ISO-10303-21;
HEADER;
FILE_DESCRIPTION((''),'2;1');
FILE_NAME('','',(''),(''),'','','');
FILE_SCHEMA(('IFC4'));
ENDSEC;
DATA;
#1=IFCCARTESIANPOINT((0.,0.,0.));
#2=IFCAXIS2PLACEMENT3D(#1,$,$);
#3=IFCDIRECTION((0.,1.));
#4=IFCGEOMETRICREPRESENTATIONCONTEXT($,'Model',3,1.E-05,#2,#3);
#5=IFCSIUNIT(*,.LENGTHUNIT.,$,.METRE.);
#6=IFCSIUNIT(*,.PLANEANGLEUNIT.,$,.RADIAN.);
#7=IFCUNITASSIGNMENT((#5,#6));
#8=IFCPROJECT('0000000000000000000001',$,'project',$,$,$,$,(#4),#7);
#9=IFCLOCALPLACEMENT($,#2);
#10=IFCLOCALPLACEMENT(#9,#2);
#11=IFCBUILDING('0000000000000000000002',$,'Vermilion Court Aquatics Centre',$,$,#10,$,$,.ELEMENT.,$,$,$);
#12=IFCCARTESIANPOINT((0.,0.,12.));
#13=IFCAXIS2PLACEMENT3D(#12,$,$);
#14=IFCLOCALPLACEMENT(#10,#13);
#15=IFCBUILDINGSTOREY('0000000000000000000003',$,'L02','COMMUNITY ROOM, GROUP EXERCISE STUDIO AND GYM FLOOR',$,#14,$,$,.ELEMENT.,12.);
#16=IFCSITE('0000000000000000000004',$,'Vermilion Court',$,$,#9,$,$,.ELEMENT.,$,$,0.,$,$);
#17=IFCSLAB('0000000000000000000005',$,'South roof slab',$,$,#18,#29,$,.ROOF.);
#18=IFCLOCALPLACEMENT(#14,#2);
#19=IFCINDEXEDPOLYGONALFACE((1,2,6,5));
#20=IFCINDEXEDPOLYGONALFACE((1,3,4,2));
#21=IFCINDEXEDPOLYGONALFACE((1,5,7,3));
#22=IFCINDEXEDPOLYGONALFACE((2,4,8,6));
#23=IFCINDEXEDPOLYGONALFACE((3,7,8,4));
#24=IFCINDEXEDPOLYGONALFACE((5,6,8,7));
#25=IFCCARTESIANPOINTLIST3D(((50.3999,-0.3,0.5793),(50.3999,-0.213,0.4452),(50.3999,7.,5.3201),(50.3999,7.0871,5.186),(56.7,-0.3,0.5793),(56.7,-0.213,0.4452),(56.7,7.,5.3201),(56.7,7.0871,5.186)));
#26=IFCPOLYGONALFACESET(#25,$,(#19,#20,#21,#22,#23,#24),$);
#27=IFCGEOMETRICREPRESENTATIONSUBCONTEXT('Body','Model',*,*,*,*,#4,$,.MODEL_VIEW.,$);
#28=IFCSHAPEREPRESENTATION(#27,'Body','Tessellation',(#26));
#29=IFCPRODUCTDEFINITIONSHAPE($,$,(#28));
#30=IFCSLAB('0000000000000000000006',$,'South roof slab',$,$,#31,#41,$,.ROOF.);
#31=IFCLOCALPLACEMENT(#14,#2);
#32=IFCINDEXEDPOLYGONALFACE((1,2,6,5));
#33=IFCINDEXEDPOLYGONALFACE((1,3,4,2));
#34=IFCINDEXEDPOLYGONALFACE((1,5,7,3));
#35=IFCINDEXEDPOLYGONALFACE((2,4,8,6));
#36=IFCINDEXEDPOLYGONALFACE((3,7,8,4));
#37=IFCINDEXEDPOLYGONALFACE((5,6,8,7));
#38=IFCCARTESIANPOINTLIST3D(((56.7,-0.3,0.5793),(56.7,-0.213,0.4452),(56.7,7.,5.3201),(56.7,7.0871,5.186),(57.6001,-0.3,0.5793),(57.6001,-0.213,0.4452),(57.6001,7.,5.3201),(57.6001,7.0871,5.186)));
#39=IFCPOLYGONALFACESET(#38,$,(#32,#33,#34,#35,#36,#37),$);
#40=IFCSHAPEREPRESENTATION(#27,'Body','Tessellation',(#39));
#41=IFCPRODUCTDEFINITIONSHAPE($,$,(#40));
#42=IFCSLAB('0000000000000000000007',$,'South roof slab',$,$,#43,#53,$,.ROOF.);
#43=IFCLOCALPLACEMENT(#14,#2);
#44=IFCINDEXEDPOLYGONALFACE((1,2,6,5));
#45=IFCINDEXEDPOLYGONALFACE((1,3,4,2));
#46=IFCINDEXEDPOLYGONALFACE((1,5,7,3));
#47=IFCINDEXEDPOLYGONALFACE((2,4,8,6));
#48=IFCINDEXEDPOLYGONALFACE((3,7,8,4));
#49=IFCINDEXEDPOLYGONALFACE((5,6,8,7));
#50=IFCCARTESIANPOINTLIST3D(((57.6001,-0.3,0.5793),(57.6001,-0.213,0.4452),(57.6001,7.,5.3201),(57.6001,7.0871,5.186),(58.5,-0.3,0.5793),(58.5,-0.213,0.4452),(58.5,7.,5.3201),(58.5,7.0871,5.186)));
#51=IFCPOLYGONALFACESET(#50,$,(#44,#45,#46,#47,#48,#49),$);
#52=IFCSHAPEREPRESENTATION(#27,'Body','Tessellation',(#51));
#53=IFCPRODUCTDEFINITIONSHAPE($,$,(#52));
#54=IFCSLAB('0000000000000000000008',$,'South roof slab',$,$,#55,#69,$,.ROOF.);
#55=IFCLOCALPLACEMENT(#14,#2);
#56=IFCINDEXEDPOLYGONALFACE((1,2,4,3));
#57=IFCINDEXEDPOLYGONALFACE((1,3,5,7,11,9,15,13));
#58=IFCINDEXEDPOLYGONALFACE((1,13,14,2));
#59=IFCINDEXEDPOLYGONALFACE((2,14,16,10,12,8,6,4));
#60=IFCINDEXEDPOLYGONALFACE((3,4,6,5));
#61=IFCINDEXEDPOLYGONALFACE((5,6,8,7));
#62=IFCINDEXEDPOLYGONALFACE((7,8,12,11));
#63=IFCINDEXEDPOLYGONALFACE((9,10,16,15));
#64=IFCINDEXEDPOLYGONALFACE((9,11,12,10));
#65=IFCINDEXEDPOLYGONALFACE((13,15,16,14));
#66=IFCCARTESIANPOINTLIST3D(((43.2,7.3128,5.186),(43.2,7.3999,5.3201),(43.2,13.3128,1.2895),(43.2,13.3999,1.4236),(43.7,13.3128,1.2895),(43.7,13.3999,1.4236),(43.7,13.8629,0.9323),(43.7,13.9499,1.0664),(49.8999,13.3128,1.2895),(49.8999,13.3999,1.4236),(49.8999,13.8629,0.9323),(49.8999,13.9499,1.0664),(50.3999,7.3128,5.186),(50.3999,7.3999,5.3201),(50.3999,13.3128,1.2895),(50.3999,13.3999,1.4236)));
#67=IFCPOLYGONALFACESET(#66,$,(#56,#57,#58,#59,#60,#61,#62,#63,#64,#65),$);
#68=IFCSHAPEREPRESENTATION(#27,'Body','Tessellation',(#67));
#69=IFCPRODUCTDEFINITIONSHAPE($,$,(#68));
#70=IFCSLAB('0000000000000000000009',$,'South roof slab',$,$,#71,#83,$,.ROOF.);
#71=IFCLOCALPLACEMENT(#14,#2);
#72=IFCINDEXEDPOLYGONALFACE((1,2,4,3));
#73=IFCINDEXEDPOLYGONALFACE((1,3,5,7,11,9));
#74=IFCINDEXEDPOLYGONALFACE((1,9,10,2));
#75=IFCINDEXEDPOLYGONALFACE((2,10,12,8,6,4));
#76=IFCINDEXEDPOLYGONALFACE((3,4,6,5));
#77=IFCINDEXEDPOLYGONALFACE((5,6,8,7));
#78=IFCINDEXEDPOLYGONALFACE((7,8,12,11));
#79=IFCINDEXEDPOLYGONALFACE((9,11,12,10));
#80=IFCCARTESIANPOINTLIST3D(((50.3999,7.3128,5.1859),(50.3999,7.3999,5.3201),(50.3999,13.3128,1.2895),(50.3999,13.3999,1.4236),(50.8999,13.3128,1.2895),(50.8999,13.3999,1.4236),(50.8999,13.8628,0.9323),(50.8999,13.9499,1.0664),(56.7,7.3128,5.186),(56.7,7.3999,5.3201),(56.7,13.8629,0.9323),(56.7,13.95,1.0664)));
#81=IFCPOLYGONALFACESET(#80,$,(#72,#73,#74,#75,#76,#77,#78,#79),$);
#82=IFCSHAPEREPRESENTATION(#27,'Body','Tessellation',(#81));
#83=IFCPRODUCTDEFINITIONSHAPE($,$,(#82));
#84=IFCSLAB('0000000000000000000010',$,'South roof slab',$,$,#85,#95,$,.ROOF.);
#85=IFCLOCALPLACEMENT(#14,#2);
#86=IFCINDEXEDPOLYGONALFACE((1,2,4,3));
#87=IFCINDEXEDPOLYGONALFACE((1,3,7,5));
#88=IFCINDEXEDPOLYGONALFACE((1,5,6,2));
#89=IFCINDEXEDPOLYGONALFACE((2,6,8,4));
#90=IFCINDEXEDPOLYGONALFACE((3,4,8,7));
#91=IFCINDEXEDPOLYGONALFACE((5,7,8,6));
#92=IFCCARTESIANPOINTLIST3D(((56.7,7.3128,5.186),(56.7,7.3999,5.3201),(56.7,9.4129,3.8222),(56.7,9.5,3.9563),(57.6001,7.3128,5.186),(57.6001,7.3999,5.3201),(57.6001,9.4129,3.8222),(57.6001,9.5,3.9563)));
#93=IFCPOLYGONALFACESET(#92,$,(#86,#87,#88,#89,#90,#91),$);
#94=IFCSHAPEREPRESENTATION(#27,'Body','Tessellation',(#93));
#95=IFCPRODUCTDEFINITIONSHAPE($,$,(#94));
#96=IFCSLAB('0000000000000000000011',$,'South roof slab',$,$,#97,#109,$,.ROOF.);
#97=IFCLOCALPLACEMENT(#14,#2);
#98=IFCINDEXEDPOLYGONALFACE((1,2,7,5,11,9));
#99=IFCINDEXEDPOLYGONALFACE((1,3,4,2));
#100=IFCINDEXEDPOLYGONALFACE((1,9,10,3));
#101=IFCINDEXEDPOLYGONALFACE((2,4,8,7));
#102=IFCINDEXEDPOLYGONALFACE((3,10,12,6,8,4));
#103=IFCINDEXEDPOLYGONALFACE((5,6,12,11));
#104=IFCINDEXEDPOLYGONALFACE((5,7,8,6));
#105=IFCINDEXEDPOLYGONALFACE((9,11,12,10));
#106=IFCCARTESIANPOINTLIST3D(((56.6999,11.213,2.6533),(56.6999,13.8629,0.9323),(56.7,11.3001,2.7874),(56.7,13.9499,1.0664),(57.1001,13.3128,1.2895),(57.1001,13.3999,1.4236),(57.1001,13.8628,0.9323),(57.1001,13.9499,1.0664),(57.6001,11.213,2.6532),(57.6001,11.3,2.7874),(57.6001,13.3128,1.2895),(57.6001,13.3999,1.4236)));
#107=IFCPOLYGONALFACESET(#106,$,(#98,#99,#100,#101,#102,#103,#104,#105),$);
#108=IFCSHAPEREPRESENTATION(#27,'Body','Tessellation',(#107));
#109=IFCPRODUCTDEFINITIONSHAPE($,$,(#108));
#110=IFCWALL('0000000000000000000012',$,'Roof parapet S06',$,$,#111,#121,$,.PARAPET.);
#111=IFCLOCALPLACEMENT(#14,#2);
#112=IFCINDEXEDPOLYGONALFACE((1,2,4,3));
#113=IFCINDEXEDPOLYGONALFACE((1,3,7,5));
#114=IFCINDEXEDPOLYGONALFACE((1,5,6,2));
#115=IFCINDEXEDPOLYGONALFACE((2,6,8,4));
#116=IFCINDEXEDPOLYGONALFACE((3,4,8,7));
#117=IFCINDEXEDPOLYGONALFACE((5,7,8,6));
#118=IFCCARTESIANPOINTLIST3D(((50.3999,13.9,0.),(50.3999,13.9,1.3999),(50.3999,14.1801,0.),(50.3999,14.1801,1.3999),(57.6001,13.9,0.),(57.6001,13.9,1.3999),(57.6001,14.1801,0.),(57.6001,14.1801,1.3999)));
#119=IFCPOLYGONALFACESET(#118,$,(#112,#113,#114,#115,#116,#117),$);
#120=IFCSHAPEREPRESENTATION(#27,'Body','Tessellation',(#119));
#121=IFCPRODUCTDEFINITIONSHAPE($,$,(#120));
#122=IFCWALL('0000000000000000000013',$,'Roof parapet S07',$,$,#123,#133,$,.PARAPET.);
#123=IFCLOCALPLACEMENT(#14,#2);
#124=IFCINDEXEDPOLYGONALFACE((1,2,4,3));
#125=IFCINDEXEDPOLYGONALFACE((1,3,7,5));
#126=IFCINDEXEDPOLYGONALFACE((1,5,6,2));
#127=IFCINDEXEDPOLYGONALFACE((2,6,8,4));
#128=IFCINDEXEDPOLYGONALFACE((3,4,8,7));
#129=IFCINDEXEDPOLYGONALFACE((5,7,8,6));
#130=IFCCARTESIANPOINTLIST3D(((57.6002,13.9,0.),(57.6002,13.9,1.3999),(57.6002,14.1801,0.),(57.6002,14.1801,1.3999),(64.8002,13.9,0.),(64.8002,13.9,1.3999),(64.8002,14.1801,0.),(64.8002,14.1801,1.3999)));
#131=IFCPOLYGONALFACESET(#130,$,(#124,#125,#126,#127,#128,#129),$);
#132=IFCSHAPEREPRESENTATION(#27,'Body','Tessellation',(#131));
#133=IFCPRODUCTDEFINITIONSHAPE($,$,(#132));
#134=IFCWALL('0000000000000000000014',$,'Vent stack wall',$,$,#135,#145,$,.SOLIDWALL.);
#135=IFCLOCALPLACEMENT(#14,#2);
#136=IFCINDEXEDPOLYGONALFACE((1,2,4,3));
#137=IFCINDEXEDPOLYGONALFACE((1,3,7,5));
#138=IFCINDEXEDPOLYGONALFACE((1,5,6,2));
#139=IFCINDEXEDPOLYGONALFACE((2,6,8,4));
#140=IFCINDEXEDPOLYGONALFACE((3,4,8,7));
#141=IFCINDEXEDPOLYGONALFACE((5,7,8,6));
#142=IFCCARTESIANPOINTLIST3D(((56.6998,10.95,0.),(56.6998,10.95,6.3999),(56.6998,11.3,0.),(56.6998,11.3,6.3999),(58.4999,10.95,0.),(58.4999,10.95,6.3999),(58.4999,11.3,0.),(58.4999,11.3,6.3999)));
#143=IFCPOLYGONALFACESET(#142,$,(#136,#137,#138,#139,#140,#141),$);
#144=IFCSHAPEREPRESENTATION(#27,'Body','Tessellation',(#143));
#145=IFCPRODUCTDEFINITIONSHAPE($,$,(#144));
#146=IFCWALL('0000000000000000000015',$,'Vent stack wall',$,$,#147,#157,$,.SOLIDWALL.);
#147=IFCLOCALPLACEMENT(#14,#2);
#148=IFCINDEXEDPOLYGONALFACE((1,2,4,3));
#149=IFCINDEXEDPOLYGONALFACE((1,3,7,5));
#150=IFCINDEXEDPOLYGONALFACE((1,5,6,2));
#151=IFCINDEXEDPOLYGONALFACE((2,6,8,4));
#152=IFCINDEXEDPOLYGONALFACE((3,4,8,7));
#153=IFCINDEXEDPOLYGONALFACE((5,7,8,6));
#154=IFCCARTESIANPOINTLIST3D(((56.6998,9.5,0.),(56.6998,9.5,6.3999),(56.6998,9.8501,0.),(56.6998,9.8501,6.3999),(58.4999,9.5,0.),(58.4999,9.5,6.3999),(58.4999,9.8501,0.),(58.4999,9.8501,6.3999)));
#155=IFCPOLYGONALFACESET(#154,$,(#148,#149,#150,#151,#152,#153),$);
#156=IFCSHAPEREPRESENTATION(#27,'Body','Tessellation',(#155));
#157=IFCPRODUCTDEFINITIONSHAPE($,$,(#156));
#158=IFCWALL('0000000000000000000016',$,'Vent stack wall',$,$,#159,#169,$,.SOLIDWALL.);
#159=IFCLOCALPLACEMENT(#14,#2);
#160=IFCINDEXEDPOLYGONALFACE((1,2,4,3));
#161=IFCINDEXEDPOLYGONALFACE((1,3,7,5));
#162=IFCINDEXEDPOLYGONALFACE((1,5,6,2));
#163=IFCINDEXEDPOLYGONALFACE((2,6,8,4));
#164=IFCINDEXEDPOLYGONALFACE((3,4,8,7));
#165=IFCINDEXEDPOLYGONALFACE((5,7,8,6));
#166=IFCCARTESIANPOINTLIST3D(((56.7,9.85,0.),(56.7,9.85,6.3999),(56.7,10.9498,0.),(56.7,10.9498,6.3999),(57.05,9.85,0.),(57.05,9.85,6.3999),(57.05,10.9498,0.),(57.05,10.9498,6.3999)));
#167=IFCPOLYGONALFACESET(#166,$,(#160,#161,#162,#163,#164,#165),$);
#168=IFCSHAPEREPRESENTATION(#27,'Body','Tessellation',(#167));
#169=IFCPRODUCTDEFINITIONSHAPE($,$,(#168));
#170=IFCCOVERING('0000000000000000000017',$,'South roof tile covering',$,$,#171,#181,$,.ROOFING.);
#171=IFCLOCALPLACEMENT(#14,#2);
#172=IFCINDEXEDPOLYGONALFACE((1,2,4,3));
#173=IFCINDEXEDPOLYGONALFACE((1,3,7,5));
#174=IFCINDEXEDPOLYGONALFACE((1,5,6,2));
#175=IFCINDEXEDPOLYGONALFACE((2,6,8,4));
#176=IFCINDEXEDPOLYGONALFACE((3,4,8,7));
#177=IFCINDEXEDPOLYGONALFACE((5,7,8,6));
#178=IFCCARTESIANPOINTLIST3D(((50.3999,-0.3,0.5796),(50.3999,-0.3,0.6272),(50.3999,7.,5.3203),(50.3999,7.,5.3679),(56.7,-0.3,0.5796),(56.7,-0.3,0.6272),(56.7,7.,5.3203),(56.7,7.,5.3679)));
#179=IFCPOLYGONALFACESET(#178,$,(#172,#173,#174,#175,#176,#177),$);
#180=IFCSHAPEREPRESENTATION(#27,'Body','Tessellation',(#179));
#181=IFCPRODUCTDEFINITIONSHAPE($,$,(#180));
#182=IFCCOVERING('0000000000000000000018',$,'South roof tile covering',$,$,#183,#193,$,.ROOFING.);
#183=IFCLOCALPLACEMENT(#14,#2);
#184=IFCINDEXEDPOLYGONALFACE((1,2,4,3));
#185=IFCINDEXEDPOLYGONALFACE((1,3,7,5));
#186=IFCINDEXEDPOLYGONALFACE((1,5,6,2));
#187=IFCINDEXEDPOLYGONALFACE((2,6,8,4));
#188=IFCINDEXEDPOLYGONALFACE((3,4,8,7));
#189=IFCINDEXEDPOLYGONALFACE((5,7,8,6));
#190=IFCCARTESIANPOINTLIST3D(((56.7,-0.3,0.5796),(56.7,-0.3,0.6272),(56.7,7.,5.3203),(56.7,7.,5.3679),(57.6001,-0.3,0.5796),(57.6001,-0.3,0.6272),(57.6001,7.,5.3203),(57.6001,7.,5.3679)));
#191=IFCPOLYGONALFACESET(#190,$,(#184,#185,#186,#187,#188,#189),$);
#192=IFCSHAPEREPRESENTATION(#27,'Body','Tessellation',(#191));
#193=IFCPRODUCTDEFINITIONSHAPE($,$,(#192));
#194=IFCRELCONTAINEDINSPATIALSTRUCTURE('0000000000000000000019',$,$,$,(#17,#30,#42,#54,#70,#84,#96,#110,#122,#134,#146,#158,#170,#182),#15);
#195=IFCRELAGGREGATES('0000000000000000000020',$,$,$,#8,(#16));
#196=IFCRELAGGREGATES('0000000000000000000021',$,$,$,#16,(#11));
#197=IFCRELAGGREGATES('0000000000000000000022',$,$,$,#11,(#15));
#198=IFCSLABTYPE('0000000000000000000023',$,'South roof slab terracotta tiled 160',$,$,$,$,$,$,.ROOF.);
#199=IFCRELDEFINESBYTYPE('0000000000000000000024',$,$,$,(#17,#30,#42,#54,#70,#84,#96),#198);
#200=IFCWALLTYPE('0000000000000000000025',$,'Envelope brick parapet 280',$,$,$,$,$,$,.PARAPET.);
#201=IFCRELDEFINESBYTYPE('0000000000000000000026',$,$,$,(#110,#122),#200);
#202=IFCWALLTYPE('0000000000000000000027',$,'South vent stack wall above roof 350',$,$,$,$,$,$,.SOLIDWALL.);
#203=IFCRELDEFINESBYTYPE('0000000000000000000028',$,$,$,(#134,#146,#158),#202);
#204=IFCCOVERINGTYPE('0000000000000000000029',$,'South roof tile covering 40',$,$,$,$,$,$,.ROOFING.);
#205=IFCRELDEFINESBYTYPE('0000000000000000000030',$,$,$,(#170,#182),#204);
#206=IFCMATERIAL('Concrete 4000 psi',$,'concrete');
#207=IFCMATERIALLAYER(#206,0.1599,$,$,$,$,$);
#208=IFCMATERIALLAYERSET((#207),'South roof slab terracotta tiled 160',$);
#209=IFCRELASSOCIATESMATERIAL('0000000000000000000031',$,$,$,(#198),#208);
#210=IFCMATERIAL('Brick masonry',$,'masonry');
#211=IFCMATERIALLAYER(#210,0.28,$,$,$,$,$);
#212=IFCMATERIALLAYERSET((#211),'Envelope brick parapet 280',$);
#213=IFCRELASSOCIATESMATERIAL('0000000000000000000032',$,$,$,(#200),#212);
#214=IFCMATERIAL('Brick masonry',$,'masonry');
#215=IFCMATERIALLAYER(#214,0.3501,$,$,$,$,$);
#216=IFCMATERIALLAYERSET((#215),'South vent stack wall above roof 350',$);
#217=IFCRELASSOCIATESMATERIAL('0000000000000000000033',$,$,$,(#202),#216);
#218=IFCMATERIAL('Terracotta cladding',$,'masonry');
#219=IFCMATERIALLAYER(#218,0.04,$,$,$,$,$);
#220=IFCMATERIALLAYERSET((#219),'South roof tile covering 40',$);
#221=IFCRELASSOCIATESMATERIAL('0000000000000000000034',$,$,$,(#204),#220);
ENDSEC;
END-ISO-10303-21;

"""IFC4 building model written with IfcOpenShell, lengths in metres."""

from ifc_helpers import new_model, si_unit, direction, frame, frame_2d, origin, place, context, subcontext, project, spatial, polyline, rectangle, outline, extrude, material, layer, layer_set, type_object, element, save


model = new_model("IFC4")

# Units and contexts
model_context = context("Model", 3, precision=1e-05, world=origin(), true_north=direction((0.0, 1.0)))
body_context = subcontext(model_context, "Body", "Model", "MODEL_VIEW")
ifc_project = project(units=[si_unit("LENGTHUNIT", "METRE"), si_unit("PLANEANGLEUNIT", "RADIAN")], contexts=[model_context])

# Site, building, storey
site_placement = place(None, origin())
site = spatial("IfcSite", under=ifc_project, at=site_placement, Name="Vermilion Court", CompositionType="ELEMENT", RefElevation=0.0)
building_placement = place(site_placement, origin())
building = spatial("IfcBuilding", under=site, at=building_placement, Name="Vermilion Court Aquatics Centre", CompositionType="ELEMENT")
storey_placement = place(building_placement, frame((0.0, 0.0, 12.0)))
storey = spatial("IfcBuildingStorey", under=building, at=storey_placement, Name="L02", Description="COMMUNITY ROOM, GROUP EXERCISE STUDIO AND GYM FLOOR", CompositionType="ELEMENT", Elevation=12.0)

# Slabs
ifc_material_1 = material(Name="Concrete 4000 psi", Category="concrete")
ifc_layer_1 = layer(ifc_material_1, 0.1599)
ifc_layer_set_1 = layer_set([ifc_layer_1], Name="South roof slab terracotta tiled 160")
slab_type_1 = type_object("IfcSlabType", Name="South roof slab terracotta tiled 160", PredefinedType="ROOF", material=ifc_layer_set_1)
slab_1_placement = place(storey_placement, frame((50.3999, -0.3, 0.5793), z_axis=(0.0, -0.54464, 0.83867), x_axis=(0.0, 0.83867, 0.54464)))
element("IfcSlab", 1, at=slab_1_placement, inside=storey, type_object=slab_type_1, Name="South roof slab", PredefinedType="ROOF", context=body_context, shape_type="SweptSolid", body=[
    extrude(outline(polyline([(0.0, 0.0), (8.7043, 0.0), (8.7043, -6.3), (0.0, -6.3), (0.0, 0.0)])), origin(), (0.0, 0.0, -1.0), 0.1599),
])
slab_2_placement = place(storey_placement, frame((56.7, -0.3, 0.5793), z_axis=(0.0, -0.54464, 0.83867), x_axis=(0.0, 0.83867, 0.54464)))
element("IfcSlab", 2, at=slab_2_placement, inside=storey, type_object=slab_type_1, Name="South roof slab", PredefinedType="ROOF", context=body_context, shape_type="SweptSolid", body=[
    extrude(outline(polyline([(0.0, 0.0), (8.7043, 0.0), (8.7043, -0.9001), (0.0, -0.9001), (0.0, 0.0)])), origin(), (0.0, 0.0, -1.0), 0.1599),
])
slab_3_placement = place(storey_placement, frame((57.6001, -0.3, 0.5793), z_axis=(0.0, -0.54464, 0.83867), x_axis=(0.0, 0.83867, 0.54464)))
element("IfcSlab", 3, at=slab_3_placement, inside=storey, type_object=slab_type_1, Name="South roof slab", PredefinedType="ROOF", context=body_context, shape_type="SweptSolid", body=[
    extrude(outline(polyline([(0.0, 0.0), (8.7043, 0.0), (8.7043, -0.8999), (0.0, -0.8999), (0.0, 0.0)])), origin(), (0.0, 0.0, -1.0), 0.1599),
])
slab_4_placement = place(storey_placement, frame((50.3999, 7.3999, 5.3201), z_axis=(0.0, 0.54464, 0.83867), x_axis=(-1.0, 0.0, 0.0)))
element("IfcSlab", 4, at=slab_4_placement, inside=storey, type_object=slab_type_1, Name="South roof slab", PredefinedType="ROOF", context=body_context, shape_type="SweptSolid", body=[
    extrude(outline(polyline([(0.0, 0.0), (7.2, 0.0), (7.2, -7.1542), (6.7, -7.1542), (6.7, -7.81), (0.5, -7.81), (0.5, -7.1542), (0.0, -7.1542), (0.0, 0.0)])), origin(), (0.0, 0.0, -1.0), 0.1599),
])
slab_5_placement = place(storey_placement, frame((56.7, 7.3999, 5.3201), z_axis=(-0.000002, 0.54464, 0.83867), x_axis=(-1.0, -0.000001, -0.000002)))
element("IfcSlab", 5, at=slab_5_placement, inside=storey, type_object=slab_type_1, Name="South roof slab", PredefinedType="ROOF", context=body_context, shape_type="SweptSolid", body=[
    extrude(outline(polyline([(0.0, 0.0), (6.3, 0.0), (6.3, -7.1542), (5.8, -7.1542), (5.8, -7.81), (0.0, -7.81), (0.0, 0.0)])), origin(), (0.0, 0.0, -1.0), 0.1599),
])
slab_6_placement = place(storey_placement, frame((57.6001, 7.3999, 5.3201), z_axis=(0.0, 0.544625, 0.83868), x_axis=(-1.0, 0.0, 0.0)))
element("IfcSlab", 6, at=slab_6_placement, inside=storey, type_object=slab_type_1, Name="South roof slab", PredefinedType="ROOF", context=body_context, shape_type="SweptSolid", body=[
    extrude(outline(polyline([(0.0, 0.0), (0.9001, 0.0), (0.9001, -2.5041), (0.0, -2.5041), (0.0, 0.0)])), origin(), (0.0, 0.0, -1.0), 0.1599),
])
slab_7_placement = place(storey_placement, frame((57.6001, 11.3, 2.7874), z_axis=(0.000024, 0.544663, 0.838655), x_axis=(-1.0, 0.000013, 0.00002)))
element("IfcSlab", 7, at=slab_7_placement, inside=storey, type_object=slab_type_1, Name="South roof slab", PredefinedType="ROOF", context=body_context, shape_type="SweptSolid", body=[
    extrude(outline(polyline([(0.0, 0.0), (0.9001, 0.0), (0.9001, -3.1597), (0.5, -3.1597), (0.5, -2.5038), (0.0, -2.5038), (0.0, 0.0)])), origin(), (0.0, 0.0, -1.0), 0.1599),
])

# Walls
ifc_material_2 = material(Name="Brick masonry", Category="masonry")
ifc_layer_2 = layer(ifc_material_2, 0.28)
ifc_layer_set_2 = layer_set([ifc_layer_2], Name="Envelope brick parapet 280")
wall_type_1 = type_object("IfcWallType", Name="Envelope brick parapet 280", PredefinedType="PARAPET", material=ifc_layer_set_2)
wall_1_placement = place(storey_placement, frame((50.3999, 14.04, 0.0), z_axis=(0.0, 0.0, 1.0), x_axis=(1.0, 0.0, 0.0)))
element("IfcWall", 8, at=wall_1_placement, inside=storey, type_object=wall_type_1, Name="Roof parapet S06", PredefinedType="PARAPET", context=body_context, shape_type="SweptSolid", body=[
    extrude(rectangle(XDim=7.2002, YDim=0.28, at=frame_2d((3.6001, 0.0))), origin(), (0.0, 0.0, 1.0), 1.3999),
])
wall_2_placement = place(storey_placement, frame((57.6001, 14.04, 0.0), z_axis=(0.0, 0.0, 1.0), x_axis=(1.0, 0.0, 0.0)))
element("IfcWall", 9, at=wall_2_placement, inside=storey, type_object=wall_type_1, Name="Roof parapet S07", PredefinedType="PARAPET", context=body_context, shape_type="SweptSolid", body=[
    extrude(rectangle(XDim=7.2, YDim=0.28, at=frame_2d((3.6001, 0.0))), origin(), (0.0, 0.0, 1.0), 1.3999),
])
ifc_material_3 = material(Name="Brick masonry", Category="masonry")
ifc_layer_3 = layer(ifc_material_3, 0.3501)
ifc_layer_set_3 = layer_set([ifc_layer_3], Name="South vent stack wall above roof 350")
wall_type_2 = type_object("IfcWallType", Name="South vent stack wall above roof 350", PredefinedType="SOLIDWALL", material=ifc_layer_set_3)
for number, where, z_axis, x_axis, name in (
    (10, (56.7, 11.125, 0.0), (0.0, 0.0, 1.0), (1.0, 0.0, 0.0), "Vent stack wall"),
    (11, (56.7, 9.675, 0.0), (0.0, 0.0, 1.0), (1.0, 0.0, 0.0), "Vent stack wall"),
):
    element("IfcWall", number, at=place(storey_placement, frame(where, z_axis=z_axis, x_axis=x_axis)), inside=storey, type_object=wall_type_2, Name=name, PredefinedType="SOLIDWALL", context=body_context, shape_type="SweptSolid", body=[
        extrude(rectangle(XDim=1.8, YDim=0.3501, at=frame_2d((0.8999, 0.0))), origin(), (0.0, 0.0, 1.0), 6.3999),
    ])
wall_3_placement = place(storey_placement, frame((56.875, 9.8501, 0.0), z_axis=(0.0, 0.0, 1.0), x_axis=(0.0, 1.0, 0.0)))
element("IfcWall", 12, at=wall_3_placement, inside=storey, type_object=wall_type_2, Name="Vent stack wall", PredefinedType="SOLIDWALL", context=body_context, shape_type="SweptSolid", body=[
    extrude(rectangle(XDim=1.0999, YDim=0.3501, at=frame_2d((0.5498, 0.0))), origin(), (0.0, 0.0, 1.0), 6.3999),
])

# Coverings
ifc_material_4 = material(Name="Terracotta cladding", Category="masonry")
ifc_layer_4 = layer(ifc_material_4, 0.04)
ifc_layer_set_4 = layer_set([ifc_layer_4], Name="South roof tile covering 40")
covering_type = type_object("IfcCoveringType", Name="South roof tile covering 40", PredefinedType="ROOFING", material=ifc_layer_set_4)
covering_1_placement = place(storey_placement, frame((50.3999, -0.3, 0.6272), z_axis=(0.0, -0.54464, 0.83867), x_axis=(0.0, 0.83867, 0.54464)))
element("IfcCovering", 13, at=covering_1_placement, inside=storey, type_object=covering_type, Name="South roof tile covering", PredefinedType="ROOFING", context=body_context, shape_type="SweptSolid", body=[
    extrude(outline(polyline([(0.0, 0.0), (8.7043, 0.0), (8.7043, -6.3), (0.0, -6.3), (0.0, 0.0)])), origin(), (-0.54464, 0.0, -0.83867), 0.0476),
])
covering_2_placement = place(storey_placement, frame((56.7, -0.3, 0.6272), z_axis=(0.0, -0.54464, 0.83867), x_axis=(0.0, 0.83867, 0.54464)))
element("IfcCovering", 14, at=covering_2_placement, inside=storey, type_object=covering_type, Name="South roof tile covering", PredefinedType="ROOFING", context=body_context, shape_type="SweptSolid", body=[
    extrude(outline(polyline([(0.0, 0.0), (8.7043, 0.0), (8.7043, -0.9001), (0.0, -0.9001), (0.0, 0.0)])), origin(), (-0.54464, 0.0, -0.83867), 0.0476),
])

save(model, "model.ifc")
